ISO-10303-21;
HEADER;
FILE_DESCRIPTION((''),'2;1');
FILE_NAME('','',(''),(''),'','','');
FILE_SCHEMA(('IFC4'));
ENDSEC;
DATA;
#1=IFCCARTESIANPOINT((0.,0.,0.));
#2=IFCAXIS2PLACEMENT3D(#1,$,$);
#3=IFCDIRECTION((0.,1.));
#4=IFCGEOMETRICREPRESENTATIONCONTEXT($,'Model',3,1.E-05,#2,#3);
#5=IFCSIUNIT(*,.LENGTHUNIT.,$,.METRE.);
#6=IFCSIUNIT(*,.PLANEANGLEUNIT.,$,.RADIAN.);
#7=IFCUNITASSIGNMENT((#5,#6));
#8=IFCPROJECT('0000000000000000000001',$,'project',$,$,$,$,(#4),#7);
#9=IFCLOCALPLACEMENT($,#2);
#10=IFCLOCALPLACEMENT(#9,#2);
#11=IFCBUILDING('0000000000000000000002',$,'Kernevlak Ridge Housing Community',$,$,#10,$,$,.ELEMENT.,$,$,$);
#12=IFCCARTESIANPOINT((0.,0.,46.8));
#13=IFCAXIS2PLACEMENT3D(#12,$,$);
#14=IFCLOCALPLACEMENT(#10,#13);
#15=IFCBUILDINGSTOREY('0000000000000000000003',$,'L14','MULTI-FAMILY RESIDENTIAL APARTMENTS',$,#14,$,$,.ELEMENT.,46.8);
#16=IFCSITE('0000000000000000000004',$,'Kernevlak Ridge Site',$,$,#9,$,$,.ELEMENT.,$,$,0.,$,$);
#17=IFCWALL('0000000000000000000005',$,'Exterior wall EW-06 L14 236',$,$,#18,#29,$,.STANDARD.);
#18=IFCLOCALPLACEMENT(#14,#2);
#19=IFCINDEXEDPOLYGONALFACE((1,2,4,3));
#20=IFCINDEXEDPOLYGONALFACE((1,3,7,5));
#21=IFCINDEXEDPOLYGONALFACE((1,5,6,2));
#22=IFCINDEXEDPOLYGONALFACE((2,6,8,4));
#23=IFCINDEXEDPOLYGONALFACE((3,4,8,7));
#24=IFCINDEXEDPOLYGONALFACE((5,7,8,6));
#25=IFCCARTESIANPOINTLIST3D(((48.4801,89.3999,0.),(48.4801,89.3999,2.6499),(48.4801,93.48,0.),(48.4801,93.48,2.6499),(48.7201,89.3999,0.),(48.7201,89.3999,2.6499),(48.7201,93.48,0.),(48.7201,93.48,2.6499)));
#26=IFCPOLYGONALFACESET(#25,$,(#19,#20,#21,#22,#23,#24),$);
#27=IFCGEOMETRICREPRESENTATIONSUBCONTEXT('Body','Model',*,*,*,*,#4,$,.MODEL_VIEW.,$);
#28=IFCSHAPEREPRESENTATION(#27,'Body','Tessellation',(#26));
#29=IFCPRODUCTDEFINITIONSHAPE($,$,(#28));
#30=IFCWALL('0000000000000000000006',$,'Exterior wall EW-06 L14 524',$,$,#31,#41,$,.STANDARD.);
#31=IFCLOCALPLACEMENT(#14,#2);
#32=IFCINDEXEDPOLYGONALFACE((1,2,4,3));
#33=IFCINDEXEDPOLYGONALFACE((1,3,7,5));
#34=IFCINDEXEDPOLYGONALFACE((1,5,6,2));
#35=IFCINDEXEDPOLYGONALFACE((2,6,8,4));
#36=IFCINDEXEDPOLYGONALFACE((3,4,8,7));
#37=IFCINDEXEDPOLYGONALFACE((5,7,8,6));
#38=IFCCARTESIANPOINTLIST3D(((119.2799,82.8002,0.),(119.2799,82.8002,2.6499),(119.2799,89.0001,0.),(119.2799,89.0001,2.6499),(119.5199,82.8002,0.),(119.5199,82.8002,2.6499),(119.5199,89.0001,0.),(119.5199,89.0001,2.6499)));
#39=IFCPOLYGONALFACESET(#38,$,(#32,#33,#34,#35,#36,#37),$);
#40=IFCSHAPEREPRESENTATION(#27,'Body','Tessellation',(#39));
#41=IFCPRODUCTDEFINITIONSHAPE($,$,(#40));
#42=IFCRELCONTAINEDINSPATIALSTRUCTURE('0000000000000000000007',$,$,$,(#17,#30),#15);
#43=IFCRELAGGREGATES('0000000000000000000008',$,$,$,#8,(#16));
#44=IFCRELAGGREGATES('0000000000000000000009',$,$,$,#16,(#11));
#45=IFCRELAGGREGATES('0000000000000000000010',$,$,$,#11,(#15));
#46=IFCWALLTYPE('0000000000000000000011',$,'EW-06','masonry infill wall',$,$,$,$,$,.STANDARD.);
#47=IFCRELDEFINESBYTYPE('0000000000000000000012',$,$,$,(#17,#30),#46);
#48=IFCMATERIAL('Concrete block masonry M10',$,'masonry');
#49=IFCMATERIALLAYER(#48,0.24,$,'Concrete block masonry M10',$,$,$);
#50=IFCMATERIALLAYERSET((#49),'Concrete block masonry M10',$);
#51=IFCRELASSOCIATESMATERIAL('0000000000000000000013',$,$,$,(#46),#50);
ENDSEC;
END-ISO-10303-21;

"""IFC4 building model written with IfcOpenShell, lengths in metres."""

from ifc_helpers import new_model, si_unit, direction, frame, frame_2d, origin, place, context, subcontext, project, spatial, rectangle, extrude, material, layer, layer_set, type_object, element, save


model = new_model("IFC4")

# Units and contexts
model_context = context("Model", 3, precision=1e-05, world=origin(), true_north=direction((0.0, 1.0)))
body_context = subcontext(model_context, "Body", "Model", "MODEL_VIEW")
ifc_project = project(units=[si_unit("LENGTHUNIT", "METRE"), si_unit("PLANEANGLEUNIT", "RADIAN")], contexts=[model_context])

# Site, building, storey
site_placement = place(None, origin())
site = spatial("IfcSite", under=ifc_project, at=site_placement, Name="Kernevlak Ridge Site", CompositionType="ELEMENT", RefElevation=0.0)
building_placement = place(site_placement, origin())
building = spatial("IfcBuilding", under=site, at=building_placement, Name="Kernevlak Ridge Housing Community", CompositionType="ELEMENT")
storey_placement = place(building_placement, frame((0.0, 0.0, 46.8)))
storey = spatial("IfcBuildingStorey", under=building, at=storey_placement, Name="L14", Description="MULTI-FAMILY RESIDENTIAL APARTMENTS", CompositionType="ELEMENT", Elevation=46.8)

# Walls
ifc_material_1 = material(Name="Concrete block masonry M10", Category="masonry")
ifc_layer_1 = layer(ifc_material_1, 0.24, Name="Concrete block masonry M10")
ifc_layer_set_1 = layer_set([ifc_layer_1], Name="Concrete block masonry M10")
wall_type = type_object("IfcWallType", Name="EW-06", Description="masonry infill wall", PredefinedType="STANDARD", material=ifc_layer_set_1)
wall_1_placement = place(storey_placement, frame((48.6001, 89.3999, 0.0), z_axis=(0.0, 0.0, 1.0), x_axis=(0.0, 1.0, 0.0)))
element("IfcWall", 1, at=wall_1_placement, inside=storey, type_object=wall_type, Name="Exterior wall EW-06 L14 236", PredefinedType="STANDARD", context=body_context, shape_type="SweptSolid", body=[
    extrude(rectangle(XDim=4.0801, YDim=0.24, at=frame_2d((2.04, 0.0))), origin(), (0.0, 0.0, 1.0), 2.6499),
])
wall_2_placement = place(storey_placement, frame((119.3999, 82.8, 0.0), z_axis=(0.0, 0.0, 1.0), x_axis=(0.0, 1.0, 0.0)))
element("IfcWall", 2, at=wall_2_placement, inside=storey, type_object=wall_type, Name="Exterior wall EW-06 L14 524", PredefinedType="STANDARD", context=body_context, shape_type="SweptSolid", body=[
    extrude(rectangle(XDim=6.2, YDim=0.24, at=frame_2d((3.1001, 0.0))), origin(), (0.0, 0.0, 1.0), 2.6499),
])

save(model, "model.ifc")
